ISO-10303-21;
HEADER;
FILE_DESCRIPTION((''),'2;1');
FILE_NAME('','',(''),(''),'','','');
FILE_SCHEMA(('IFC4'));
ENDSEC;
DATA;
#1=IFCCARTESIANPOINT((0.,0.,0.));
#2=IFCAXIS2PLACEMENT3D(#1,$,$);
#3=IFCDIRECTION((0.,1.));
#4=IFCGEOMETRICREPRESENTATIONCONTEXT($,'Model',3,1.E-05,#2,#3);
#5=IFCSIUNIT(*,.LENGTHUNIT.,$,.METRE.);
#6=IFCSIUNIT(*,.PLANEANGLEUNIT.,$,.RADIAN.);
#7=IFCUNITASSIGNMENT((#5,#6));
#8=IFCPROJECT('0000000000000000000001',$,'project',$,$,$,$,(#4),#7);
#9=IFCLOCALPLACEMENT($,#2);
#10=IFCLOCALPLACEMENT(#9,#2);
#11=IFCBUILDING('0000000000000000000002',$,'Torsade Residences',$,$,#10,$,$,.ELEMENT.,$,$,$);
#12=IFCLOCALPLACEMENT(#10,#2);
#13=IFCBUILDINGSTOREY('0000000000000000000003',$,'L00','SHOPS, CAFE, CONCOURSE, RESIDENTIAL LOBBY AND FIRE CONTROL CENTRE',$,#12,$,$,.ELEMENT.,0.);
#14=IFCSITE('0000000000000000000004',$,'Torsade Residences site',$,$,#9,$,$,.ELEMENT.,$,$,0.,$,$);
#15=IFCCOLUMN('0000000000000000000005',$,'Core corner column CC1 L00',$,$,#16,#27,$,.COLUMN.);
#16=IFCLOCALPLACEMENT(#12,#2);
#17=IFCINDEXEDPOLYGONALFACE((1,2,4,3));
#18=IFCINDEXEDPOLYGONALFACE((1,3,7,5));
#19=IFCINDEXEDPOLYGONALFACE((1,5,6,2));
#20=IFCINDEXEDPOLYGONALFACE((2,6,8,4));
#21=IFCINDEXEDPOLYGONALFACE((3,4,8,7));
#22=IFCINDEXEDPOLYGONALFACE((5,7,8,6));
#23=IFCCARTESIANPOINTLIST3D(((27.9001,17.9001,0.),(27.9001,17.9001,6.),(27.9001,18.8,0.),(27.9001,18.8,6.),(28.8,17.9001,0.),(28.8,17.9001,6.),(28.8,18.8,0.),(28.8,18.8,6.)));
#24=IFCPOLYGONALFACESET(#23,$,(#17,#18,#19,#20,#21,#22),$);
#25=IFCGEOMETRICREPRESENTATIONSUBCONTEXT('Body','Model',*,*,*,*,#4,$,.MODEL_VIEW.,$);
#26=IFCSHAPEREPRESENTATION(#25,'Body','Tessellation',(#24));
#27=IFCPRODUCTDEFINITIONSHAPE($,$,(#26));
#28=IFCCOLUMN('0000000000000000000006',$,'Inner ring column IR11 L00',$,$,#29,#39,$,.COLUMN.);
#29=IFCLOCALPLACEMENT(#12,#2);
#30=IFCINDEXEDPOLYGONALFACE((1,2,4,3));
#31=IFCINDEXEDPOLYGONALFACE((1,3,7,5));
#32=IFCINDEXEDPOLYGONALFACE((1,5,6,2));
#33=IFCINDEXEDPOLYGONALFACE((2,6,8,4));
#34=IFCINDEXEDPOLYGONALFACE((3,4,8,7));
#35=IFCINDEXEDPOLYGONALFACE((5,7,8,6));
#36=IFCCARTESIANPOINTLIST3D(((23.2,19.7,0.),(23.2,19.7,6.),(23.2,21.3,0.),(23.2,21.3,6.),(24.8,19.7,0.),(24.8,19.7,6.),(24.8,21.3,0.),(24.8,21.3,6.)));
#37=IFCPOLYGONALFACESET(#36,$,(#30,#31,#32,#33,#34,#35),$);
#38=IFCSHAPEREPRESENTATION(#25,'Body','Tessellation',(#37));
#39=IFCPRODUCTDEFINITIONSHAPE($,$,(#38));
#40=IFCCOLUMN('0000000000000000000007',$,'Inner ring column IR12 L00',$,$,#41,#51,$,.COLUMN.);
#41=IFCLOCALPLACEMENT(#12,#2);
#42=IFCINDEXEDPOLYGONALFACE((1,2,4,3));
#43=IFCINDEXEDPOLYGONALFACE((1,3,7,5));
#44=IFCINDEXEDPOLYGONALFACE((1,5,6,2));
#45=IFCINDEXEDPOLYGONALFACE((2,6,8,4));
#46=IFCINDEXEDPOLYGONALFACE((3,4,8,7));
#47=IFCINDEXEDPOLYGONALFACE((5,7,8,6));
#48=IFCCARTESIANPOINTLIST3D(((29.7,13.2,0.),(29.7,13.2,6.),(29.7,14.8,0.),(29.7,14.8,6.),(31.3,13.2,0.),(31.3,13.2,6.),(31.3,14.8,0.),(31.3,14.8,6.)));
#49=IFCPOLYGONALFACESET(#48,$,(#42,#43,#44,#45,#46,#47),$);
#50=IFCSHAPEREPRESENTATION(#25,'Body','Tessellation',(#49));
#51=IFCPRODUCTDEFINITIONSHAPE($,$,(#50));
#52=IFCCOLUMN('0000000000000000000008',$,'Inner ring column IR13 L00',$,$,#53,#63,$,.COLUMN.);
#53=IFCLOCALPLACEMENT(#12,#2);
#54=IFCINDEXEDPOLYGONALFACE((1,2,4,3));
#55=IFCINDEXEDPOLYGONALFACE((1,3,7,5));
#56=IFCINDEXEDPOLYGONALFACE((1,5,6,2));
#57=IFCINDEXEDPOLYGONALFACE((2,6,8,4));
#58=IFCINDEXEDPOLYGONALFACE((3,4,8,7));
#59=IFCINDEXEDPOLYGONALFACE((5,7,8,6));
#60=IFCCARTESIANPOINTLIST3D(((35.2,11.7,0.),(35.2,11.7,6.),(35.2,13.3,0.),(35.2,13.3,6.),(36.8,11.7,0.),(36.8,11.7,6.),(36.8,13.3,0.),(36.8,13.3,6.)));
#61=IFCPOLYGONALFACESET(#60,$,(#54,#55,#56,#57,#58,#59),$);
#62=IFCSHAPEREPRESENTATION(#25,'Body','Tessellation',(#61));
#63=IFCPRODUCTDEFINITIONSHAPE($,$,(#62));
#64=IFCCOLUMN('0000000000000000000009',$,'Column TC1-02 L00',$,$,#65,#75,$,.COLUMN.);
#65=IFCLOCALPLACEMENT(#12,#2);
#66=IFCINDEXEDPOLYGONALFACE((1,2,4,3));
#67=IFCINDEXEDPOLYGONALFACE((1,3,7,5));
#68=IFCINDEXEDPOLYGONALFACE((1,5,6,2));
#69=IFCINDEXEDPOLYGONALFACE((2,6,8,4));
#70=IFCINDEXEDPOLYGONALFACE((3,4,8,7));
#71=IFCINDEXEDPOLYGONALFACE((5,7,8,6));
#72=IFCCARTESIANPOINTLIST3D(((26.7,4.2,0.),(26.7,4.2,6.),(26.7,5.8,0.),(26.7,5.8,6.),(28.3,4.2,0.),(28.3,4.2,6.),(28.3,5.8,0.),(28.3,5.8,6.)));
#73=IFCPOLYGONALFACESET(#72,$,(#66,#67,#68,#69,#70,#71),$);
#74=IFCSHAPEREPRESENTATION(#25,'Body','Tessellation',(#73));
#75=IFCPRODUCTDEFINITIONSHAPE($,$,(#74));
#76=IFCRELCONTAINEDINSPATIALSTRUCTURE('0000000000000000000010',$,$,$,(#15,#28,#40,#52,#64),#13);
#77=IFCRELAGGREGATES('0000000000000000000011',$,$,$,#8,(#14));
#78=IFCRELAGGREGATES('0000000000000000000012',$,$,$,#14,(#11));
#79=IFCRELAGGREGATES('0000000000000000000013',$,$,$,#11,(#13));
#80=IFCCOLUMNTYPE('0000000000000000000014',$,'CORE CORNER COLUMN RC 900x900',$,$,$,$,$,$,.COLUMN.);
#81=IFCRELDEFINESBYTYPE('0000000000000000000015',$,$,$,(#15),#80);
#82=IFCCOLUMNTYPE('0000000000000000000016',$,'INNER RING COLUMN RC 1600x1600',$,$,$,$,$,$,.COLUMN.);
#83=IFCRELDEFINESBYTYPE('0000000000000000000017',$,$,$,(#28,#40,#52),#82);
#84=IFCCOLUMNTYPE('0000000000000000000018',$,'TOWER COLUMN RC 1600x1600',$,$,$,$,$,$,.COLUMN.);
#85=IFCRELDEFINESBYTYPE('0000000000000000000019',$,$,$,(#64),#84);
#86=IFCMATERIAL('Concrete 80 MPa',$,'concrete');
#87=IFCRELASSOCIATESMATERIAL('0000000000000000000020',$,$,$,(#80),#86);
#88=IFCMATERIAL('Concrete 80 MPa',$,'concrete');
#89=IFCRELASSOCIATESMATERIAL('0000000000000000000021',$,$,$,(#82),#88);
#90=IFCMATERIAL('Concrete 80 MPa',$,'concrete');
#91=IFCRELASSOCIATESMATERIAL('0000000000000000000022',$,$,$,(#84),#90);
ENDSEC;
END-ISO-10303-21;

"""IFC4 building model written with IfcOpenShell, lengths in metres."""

from ifc_helpers import new_model, si_unit, direction, frame, origin, origin_2d, place, context, subcontext, project, spatial, rectangle, extrude, material, material_profile, profile_set, type_object, element, save


model = new_model("IFC4")

# Units and contexts
model_context = context("Model", 3, precision=1e-05, world=origin(), true_north=direction((0.0, 1.0)))
body_context = subcontext(model_context, "Body", "Model", "MODEL_VIEW")
ifc_project = project(units=[si_unit("LENGTHUNIT", "METRE"), si_unit("PLANEANGLEUNIT", "RADIAN")], contexts=[model_context])

# Site, building, storey
site_placement = place(None, origin())
site = spatial("IfcSite", under=ifc_project, at=site_placement, Name="Torsade Residences site", CompositionType="ELEMENT", RefElevation=0.0)
building_placement = place(site_placement, origin())
building = spatial("IfcBuilding", under=site, at=building_placement, Name="Torsade Residences", CompositionType="ELEMENT")
storey_placement = place(building_placement, origin())
storey = spatial("IfcBuildingStorey", under=building, at=storey_placement, Name="L00", Description="SHOPS, CAFE, CONCOURSE, RESIDENTIAL LOBBY AND FIRE CONTROL CENTRE", CompositionType="ELEMENT", Elevation=0.0)

# Columns
ifc_material_1 = material(Name="Concrete 80 MPa", Category="concrete")
ifc_material_profile_1 = material_profile(ifc_material_1, rectangle(XDim=0.8999, YDim=0.8999, at=origin_2d()), Name="RC 900x900")
ifc_profile_set_1 = profile_set([ifc_material_profile_1], Name="Concrete 80 MPa")
column_type_1 = type_object("IfcColumnType", Name="CORE CORNER COLUMN RC 900x900", PredefinedType="COLUMN", material=ifc_profile_set_1)
column_1_placement = place(storey_placement, frame((28.3501, 18.3501, 0.0), z_axis=(0.0, 0.0, 1.0), x_axis=(1.0, 0.0, 0.0)))
element("IfcColumn", 1, at=column_1_placement, inside=storey, type_object=column_type_1, Name="Core corner column CC1 L00", PredefinedType="COLUMN", context=body_context, shape_type="SweptSolid", body=[
    extrude(rectangle(XDim=0.8999, YDim=0.8999, at=origin_2d()), origin(), (0.0, 0.0, 1.0), 6.0),
])
ifc_material_2 = material(Name="Concrete 80 MPa", Category="concrete")
ifc_material_profile_2 = material_profile(ifc_material_2, rectangle(XDim=1.6001, YDim=1.6001, at=origin_2d()), Name="RC 1600x1600")
ifc_profile_set_2 = profile_set([ifc_material_profile_2], Name="Concrete 80 MPa")
column_type_2 = type_object("IfcColumnType", Name="INNER RING COLUMN RC 1600x1600", PredefinedType="COLUMN", material=ifc_profile_set_2)
for number, where, z_axis, x_axis, name in (
    (2, (24.0, 20.5, 0.0), (0.0, 0.0, 1.0), (1.0, 0.0, 0.0), "Inner ring column IR11 L00"),
    (3, (30.5, 14.0, 0.0), (0.0, 0.0, 1.0), (1.0, 0.0, 0.0), "Inner ring column IR12 L00"),
    (4, (36.0, 12.5, 0.0), (0.0, 0.0, 1.0), (1.0, 0.0, 0.0), "Inner ring column IR13 L00"),
):
    element("IfcColumn", number, at=place(storey_placement, frame(where, z_axis=z_axis, x_axis=x_axis)), inside=storey, type_object=column_type_2, Name=name, PredefinedType="COLUMN", context=body_context, shape_type="SweptSolid", body=[
        extrude(rectangle(XDim=1.6001, YDim=1.6001, at=origin_2d()), origin(), (0.0, 0.0, 1.0), 6.0),
    ])
ifc_material_3 = material(Name="Concrete 80 MPa", Category="concrete")
ifc_material_profile_3 = material_profile(ifc_material_3, rectangle(XDim=1.6001, YDim=1.6001, at=origin_2d()), Name="RC 1600x1600")
ifc_profile_set_3 = profile_set([ifc_material_profile_3], Name="Concrete 80 MPa")
column_type_3 = type_object("IfcColumnType", Name="TOWER COLUMN RC 1600x1600", PredefinedType="COLUMN", material=ifc_profile_set_3)
column_2_placement = place(storey_placement, frame((27.5, 5.0, 0.0), z_axis=(0.0, 0.0, 1.0), x_axis=(1.0, 0.0, 0.0)))
element("IfcColumn", 5, at=column_2_placement, inside=storey, type_object=column_type_3, Name="Column TC1-02 L00", PredefinedType="COLUMN", context=body_context, shape_type="SweptSolid", body=[
    extrude(rectangle(XDim=1.6001, YDim=1.6001, at=origin_2d()), origin(), (0.0, 0.0, 1.0), 6.0),
])

save(model, "model.ifc")
